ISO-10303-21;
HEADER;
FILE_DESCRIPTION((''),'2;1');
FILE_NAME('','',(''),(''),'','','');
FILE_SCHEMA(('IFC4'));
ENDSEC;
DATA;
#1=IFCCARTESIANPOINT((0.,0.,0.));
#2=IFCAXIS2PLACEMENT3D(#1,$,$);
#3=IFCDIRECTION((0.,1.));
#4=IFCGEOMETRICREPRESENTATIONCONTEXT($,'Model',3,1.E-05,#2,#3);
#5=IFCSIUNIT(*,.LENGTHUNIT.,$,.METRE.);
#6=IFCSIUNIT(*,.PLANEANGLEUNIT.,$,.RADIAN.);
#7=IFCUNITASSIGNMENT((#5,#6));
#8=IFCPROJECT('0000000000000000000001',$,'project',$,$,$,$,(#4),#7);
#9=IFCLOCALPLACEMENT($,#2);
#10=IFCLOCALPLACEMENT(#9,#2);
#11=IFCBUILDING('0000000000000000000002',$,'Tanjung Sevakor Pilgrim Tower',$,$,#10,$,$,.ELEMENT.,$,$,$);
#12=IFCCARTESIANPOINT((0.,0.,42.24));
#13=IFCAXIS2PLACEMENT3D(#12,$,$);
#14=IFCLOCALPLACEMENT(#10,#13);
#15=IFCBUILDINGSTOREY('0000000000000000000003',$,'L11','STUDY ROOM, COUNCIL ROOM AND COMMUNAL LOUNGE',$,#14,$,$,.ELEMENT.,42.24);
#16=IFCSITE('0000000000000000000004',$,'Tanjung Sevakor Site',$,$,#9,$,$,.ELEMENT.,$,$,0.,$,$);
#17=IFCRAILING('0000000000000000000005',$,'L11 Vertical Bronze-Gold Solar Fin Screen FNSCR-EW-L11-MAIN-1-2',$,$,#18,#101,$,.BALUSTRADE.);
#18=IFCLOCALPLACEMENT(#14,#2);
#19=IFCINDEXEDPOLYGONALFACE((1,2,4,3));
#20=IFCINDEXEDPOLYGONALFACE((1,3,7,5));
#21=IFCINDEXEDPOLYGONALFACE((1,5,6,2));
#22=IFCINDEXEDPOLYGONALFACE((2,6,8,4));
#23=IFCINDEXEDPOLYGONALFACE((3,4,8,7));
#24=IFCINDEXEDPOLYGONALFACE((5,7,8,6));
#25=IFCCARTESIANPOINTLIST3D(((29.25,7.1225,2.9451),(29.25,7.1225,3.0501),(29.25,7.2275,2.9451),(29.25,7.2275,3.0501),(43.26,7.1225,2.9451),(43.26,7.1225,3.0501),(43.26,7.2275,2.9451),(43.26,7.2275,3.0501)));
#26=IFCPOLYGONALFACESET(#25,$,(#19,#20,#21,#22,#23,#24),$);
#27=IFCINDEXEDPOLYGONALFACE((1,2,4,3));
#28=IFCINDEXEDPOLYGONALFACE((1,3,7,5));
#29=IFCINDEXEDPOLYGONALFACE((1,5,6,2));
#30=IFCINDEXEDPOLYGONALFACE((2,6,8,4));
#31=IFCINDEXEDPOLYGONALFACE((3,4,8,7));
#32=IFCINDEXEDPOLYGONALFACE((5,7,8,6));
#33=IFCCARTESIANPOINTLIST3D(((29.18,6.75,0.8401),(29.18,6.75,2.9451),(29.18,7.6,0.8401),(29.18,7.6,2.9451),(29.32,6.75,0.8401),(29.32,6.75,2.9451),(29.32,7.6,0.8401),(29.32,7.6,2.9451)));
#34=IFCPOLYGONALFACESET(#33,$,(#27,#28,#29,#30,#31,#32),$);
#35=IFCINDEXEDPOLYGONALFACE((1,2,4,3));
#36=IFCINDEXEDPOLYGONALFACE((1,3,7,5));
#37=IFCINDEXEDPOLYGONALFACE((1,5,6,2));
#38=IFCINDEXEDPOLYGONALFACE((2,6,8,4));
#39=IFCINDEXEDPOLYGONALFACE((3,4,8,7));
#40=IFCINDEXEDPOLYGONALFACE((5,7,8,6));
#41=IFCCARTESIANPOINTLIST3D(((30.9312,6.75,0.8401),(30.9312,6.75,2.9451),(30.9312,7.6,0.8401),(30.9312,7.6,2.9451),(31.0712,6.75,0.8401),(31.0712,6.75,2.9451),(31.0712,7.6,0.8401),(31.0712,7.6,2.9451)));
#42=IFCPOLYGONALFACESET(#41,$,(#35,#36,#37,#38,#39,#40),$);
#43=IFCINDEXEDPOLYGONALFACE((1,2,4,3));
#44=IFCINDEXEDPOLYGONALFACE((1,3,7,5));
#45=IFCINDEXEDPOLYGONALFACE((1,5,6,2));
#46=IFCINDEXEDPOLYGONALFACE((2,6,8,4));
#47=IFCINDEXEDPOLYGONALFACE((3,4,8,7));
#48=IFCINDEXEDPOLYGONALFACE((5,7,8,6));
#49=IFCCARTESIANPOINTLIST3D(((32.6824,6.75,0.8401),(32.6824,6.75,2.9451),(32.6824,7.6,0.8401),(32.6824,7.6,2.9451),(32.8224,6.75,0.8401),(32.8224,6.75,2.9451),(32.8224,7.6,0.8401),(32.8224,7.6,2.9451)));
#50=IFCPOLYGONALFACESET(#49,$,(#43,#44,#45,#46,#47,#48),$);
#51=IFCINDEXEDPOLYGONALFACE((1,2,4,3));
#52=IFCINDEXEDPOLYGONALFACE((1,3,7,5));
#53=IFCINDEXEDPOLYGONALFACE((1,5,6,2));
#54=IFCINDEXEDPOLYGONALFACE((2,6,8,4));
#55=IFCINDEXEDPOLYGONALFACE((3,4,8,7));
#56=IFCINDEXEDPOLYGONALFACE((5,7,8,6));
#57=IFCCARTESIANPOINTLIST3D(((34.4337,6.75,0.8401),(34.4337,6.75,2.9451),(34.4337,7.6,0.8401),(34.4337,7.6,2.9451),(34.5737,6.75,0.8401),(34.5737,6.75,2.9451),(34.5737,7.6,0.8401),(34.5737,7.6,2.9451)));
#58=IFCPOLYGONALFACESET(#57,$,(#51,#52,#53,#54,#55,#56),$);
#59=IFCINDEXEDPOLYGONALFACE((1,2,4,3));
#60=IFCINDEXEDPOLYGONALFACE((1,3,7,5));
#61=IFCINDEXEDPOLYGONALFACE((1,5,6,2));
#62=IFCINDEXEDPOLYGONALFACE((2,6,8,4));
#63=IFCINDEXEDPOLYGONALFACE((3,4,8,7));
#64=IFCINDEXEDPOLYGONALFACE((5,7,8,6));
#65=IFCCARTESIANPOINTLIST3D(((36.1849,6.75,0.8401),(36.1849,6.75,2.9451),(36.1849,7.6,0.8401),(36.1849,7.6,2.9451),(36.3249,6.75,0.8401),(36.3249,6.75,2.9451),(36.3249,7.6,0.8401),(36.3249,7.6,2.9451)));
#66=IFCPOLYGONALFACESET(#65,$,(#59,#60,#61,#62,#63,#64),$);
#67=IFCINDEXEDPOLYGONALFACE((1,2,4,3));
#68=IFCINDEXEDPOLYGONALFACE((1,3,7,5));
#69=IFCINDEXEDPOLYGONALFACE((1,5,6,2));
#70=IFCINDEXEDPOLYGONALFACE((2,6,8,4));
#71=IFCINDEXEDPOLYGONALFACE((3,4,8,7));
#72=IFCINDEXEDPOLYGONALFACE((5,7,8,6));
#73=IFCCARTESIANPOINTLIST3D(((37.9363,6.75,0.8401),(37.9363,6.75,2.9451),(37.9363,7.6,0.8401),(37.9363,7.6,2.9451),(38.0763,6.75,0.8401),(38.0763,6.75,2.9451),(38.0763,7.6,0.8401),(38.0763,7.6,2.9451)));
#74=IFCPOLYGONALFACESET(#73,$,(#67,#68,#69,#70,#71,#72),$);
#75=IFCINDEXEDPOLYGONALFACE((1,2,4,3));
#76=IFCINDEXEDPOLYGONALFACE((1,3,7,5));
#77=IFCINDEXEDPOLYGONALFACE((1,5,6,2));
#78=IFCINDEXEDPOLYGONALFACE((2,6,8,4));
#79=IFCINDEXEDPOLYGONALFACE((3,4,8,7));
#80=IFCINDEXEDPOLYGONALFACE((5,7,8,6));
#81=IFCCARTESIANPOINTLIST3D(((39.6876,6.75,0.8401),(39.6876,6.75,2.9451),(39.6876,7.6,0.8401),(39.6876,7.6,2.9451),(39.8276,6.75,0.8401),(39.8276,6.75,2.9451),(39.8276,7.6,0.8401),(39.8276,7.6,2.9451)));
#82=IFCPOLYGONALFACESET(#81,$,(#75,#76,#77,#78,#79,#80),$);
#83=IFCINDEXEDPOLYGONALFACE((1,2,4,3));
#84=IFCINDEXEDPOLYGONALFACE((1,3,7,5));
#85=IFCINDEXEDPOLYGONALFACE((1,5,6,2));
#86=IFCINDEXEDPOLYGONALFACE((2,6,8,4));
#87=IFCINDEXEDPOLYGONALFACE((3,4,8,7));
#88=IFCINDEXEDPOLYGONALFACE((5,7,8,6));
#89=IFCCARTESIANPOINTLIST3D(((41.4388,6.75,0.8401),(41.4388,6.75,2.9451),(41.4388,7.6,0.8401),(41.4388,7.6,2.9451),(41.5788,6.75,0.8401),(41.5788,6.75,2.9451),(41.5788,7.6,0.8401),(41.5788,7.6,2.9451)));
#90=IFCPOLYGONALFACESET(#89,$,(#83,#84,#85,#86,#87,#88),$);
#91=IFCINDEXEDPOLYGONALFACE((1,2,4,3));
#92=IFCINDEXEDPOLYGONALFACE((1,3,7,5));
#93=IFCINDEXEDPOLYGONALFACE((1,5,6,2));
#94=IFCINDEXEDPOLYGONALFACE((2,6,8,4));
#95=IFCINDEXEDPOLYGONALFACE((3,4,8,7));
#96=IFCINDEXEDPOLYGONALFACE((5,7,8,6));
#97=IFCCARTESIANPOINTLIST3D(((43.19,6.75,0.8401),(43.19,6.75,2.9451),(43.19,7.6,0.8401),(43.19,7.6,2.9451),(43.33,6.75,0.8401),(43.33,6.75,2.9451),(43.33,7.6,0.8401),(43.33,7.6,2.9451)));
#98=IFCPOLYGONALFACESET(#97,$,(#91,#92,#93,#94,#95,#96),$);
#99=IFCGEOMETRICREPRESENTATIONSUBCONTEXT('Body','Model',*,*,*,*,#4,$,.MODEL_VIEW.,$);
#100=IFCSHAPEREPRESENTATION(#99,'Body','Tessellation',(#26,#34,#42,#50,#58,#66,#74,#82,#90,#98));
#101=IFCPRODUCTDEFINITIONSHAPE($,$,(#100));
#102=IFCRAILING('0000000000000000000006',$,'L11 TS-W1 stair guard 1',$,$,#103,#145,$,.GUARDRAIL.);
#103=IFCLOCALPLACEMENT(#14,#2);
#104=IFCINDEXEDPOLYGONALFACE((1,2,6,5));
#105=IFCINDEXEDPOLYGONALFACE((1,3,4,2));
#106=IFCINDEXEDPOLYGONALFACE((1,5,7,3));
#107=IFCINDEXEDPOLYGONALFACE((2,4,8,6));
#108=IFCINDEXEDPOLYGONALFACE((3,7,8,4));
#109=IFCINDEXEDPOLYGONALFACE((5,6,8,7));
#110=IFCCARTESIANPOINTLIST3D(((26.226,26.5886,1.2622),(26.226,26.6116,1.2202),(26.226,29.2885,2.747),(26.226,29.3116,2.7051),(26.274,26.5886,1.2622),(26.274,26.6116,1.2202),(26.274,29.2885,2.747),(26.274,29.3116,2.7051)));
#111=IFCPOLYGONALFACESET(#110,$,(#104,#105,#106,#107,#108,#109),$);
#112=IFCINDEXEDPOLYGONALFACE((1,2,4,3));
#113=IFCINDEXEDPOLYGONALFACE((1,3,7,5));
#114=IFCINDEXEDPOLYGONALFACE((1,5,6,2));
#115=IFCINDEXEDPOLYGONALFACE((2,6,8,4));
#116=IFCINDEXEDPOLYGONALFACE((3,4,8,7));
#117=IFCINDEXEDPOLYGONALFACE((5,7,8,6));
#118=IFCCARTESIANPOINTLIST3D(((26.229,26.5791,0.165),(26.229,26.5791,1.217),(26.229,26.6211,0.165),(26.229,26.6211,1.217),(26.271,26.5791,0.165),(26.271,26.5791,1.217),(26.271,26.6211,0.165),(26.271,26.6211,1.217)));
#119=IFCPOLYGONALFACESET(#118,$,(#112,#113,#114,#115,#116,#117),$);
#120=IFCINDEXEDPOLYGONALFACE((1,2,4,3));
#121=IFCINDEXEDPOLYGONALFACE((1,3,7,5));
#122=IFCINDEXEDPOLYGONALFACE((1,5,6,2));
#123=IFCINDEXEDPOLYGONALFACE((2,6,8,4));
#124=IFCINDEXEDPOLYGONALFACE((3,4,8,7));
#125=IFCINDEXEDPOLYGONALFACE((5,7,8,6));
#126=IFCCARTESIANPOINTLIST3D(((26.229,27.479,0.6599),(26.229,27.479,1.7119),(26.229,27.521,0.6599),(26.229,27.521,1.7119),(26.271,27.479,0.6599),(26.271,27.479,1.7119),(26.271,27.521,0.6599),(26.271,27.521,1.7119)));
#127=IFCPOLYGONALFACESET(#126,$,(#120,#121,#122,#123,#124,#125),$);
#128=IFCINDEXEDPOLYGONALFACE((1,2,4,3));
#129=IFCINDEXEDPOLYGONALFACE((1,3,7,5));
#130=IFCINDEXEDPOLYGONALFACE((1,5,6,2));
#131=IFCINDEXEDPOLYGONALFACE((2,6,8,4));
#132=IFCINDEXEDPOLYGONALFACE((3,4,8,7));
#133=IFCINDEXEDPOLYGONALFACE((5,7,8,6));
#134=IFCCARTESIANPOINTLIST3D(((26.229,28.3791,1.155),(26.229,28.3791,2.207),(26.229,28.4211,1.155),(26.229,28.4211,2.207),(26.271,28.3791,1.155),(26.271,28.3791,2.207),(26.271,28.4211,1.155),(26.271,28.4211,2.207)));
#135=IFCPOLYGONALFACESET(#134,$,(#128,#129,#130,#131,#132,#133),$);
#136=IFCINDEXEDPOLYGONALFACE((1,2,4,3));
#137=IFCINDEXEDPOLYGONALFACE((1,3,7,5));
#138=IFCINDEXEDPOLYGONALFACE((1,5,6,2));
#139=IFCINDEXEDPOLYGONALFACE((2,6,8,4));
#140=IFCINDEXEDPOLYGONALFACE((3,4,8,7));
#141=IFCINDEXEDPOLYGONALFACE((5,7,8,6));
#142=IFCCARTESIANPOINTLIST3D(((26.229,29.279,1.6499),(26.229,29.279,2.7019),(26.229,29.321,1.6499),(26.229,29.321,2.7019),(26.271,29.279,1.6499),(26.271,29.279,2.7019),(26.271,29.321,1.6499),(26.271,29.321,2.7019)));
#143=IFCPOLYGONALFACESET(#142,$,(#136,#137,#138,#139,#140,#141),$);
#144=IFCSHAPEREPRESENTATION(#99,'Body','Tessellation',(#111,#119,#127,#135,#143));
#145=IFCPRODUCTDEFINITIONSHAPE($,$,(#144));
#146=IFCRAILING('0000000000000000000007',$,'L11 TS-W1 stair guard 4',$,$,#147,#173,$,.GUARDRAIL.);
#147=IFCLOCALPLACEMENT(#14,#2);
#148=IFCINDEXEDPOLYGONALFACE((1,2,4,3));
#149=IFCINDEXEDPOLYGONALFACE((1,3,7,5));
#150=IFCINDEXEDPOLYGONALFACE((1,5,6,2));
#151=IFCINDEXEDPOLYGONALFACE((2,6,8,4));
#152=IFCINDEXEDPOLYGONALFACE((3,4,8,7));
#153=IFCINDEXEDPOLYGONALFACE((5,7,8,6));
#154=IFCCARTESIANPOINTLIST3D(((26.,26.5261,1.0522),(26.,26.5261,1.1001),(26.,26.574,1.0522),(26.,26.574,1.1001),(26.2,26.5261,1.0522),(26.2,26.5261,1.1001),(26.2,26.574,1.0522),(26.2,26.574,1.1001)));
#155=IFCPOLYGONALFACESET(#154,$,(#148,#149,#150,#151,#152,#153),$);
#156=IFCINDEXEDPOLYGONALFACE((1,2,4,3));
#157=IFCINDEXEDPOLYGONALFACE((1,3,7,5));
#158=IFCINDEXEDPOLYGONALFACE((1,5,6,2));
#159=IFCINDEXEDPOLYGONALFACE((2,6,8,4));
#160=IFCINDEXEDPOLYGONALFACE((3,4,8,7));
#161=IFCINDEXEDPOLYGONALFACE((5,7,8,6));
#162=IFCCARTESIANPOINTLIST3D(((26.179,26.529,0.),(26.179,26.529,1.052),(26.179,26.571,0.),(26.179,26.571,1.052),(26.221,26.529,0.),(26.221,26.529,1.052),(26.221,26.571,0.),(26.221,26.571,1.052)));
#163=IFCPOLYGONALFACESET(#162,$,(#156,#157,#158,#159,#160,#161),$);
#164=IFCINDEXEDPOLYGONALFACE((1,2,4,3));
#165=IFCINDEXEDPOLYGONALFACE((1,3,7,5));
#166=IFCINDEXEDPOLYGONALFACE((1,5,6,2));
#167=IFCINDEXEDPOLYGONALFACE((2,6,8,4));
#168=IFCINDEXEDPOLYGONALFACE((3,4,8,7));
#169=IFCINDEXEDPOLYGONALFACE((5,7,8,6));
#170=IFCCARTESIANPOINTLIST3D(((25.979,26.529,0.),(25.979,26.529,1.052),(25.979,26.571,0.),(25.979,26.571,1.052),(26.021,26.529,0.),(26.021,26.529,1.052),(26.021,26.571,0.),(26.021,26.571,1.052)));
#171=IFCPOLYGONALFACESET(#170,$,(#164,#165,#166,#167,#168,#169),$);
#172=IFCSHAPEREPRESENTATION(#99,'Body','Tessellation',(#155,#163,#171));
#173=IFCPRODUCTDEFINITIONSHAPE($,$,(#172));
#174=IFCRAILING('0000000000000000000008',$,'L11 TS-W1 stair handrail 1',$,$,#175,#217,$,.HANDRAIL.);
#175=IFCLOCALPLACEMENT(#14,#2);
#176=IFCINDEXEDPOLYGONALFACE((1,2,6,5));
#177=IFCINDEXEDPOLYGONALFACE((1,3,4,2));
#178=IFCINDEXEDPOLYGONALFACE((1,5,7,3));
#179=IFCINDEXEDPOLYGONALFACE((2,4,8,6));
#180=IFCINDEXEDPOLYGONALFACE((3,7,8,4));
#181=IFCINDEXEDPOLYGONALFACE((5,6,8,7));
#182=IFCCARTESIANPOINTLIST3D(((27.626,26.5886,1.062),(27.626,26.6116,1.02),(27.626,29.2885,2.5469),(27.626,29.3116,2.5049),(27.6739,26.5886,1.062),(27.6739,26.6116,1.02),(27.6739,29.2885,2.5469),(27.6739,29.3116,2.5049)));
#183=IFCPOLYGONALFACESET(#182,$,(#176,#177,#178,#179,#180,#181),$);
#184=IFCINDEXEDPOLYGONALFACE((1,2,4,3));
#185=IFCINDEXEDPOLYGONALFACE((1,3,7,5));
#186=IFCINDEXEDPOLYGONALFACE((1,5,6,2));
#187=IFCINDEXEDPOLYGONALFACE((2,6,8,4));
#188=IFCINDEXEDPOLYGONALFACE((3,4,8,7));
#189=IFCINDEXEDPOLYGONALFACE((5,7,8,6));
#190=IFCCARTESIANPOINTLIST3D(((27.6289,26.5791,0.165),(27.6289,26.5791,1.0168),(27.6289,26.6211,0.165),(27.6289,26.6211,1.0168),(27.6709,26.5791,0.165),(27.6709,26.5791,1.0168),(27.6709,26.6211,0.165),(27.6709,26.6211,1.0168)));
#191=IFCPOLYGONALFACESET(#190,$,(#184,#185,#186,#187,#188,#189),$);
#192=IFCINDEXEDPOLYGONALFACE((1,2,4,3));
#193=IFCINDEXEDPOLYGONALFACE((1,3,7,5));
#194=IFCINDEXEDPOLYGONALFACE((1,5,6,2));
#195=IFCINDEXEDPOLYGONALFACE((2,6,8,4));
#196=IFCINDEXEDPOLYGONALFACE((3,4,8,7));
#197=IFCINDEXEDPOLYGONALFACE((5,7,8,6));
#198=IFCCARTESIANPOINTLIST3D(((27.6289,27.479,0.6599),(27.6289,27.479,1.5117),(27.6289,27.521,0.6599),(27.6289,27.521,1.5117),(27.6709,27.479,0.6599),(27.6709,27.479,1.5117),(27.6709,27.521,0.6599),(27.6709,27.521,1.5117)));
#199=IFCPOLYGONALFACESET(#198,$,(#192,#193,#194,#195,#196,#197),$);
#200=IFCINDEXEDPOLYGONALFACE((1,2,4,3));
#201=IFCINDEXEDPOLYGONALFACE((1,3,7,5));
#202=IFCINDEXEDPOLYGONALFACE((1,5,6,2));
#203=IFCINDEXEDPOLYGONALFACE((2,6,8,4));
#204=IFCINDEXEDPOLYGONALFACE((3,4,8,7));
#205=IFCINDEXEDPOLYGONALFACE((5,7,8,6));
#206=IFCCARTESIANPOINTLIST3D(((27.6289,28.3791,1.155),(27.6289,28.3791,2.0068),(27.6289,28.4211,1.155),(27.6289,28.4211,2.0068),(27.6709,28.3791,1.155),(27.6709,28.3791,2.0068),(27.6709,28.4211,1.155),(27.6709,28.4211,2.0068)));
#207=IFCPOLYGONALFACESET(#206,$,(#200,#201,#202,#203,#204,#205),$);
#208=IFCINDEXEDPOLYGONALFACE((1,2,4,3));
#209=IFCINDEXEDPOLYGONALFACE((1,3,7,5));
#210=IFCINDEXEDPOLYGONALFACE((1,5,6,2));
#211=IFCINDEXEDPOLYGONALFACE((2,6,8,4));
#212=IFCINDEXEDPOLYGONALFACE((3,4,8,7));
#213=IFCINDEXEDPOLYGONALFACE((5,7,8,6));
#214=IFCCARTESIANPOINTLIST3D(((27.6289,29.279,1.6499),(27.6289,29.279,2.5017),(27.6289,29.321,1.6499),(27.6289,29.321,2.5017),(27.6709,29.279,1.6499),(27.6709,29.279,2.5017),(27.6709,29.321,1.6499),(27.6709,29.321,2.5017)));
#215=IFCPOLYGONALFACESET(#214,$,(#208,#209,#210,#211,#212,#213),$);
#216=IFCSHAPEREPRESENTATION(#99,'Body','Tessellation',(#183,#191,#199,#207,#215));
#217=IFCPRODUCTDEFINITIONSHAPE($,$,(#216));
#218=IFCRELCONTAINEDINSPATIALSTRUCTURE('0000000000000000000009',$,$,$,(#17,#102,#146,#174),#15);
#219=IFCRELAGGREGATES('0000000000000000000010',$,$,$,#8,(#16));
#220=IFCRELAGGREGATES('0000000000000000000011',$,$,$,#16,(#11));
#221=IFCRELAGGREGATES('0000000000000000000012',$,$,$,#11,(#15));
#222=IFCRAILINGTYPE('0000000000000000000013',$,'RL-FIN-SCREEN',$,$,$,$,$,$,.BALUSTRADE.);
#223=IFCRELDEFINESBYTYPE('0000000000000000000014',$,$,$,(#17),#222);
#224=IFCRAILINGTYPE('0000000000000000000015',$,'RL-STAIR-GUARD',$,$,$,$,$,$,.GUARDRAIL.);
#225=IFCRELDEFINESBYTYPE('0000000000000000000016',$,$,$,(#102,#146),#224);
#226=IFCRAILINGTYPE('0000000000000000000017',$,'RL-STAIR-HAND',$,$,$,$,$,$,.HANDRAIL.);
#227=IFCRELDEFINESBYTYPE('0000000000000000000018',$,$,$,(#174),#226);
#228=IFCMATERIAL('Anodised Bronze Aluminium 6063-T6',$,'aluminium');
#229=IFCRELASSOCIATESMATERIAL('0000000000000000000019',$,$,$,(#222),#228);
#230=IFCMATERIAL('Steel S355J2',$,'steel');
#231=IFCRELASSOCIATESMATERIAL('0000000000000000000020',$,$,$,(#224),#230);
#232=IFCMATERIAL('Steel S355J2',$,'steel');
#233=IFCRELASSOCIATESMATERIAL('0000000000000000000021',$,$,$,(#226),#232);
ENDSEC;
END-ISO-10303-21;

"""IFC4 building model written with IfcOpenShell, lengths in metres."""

from ifc_helpers import new_model, si_unit, direction, frame, origin, place, context, subcontext, project, spatial, rectangle, extrude, material, type_object, element, save


model = new_model("IFC4")

# Units and contexts
model_context = context("Model", 3, precision=1e-05, world=origin(), true_north=direction((0.0, 1.0)))
body_context = subcontext(model_context, "Body", "Model", "MODEL_VIEW")
ifc_project = project(units=[si_unit("LENGTHUNIT", "METRE"), si_unit("PLANEANGLEUNIT", "RADIAN")], contexts=[model_context])

# Site, building, storey
site_placement = place(None, origin())
site = spatial("IfcSite", under=ifc_project, at=site_placement, Name="Tanjung Sevakor Site", CompositionType="ELEMENT", RefElevation=0.0)
building_placement = place(site_placement, origin())
building = spatial("IfcBuilding", under=site, at=building_placement, Name="Tanjung Sevakor Pilgrim Tower", CompositionType="ELEMENT")
storey_placement = place(building_placement, frame((0.0, 0.0, 42.24)))
storey = spatial("IfcBuildingStorey", under=building, at=storey_placement, Name="L11", Description="STUDY ROOM, COUNCIL ROOM AND COMMUNAL LOUNGE", CompositionType="ELEMENT", Elevation=42.24)

# Railings
ifc_material_1 = material(Name="Anodised Bronze Aluminium 6063-T6", Category="aluminium")
railing_type_1 = type_object("IfcRailingType", Name="RL-FIN-SCREEN", PredefinedType="BALUSTRADE", material=ifc_material_1)
railing_1_placement = place(storey_placement, frame((29.25, 7.175, 0.8401)))
element("IfcRailing", 1, at=railing_1_placement, inside=storey, type_object=railing_type_1, Name="L11 Vertical Bronze-Gold Solar Fin Screen FNSCR-EW-L11-MAIN-1-2", PredefinedType="BALUSTRADE", context=body_context, shape_type="SweptSolid", body=[
    extrude(rectangle(XDim=0.105, YDim=0.105), frame((0.0, 0.0, 2.1575), z_axis=(1.0, 0.0, 0.0), x_axis=(0.0, 1.0, 0.0)), (0.0, 0.0, 1.0), 14.01),
    extrude(rectangle(XDim=0.14, YDim=0.85), origin(), (0.0, 0.0, 1.0), 2.105),
    extrude(rectangle(XDim=0.14, YDim=0.85), frame((1.7512, 0.0, 0.0)), (0.0, 0.0, 1.0), 2.105),
    extrude(rectangle(XDim=0.14, YDim=0.85), frame((3.5024, 0.0, 0.0)), (0.0, 0.0, 1.0), 2.105),
    extrude(rectangle(XDim=0.14, YDim=0.85), frame((5.2537, 0.0, 0.0)), (0.0, 0.0, 1.0), 2.105),
    extrude(rectangle(XDim=0.14, YDim=0.85), frame((7.0049, 0.0, 0.0)), (0.0, 0.0, 1.0), 2.105),
    extrude(rectangle(XDim=0.14, YDim=0.85), frame((8.7563, 0.0, 0.0)), (0.0, 0.0, 1.0), 2.105),
    extrude(rectangle(XDim=0.14, YDim=0.85), frame((10.5076, 0.0, 0.0)), (0.0, 0.0, 1.0), 2.105),
    extrude(rectangle(XDim=0.14, YDim=0.85), frame((12.2588, 0.0, 0.0)), (0.0, 0.0, 1.0), 2.105),
    extrude(rectangle(XDim=0.14, YDim=0.85), frame((14.01, 0.0, 0.0)), (0.0, 0.0, 1.0), 2.105),
])
ifc_material_2 = material(Name="Steel S355J2", Category="steel")
railing_type_2 = type_object("IfcRailingType", Name="RL-STAIR-GUARD", PredefinedType="GUARDRAIL", material=ifc_material_2)
railing_2_placement = place(storey_placement, frame((26.25, 26.6001, 0.165)))
element("IfcRailing", 2, at=railing_2_placement, inside=storey, type_object=railing_type_2, Name="L11 TS-W1 stair guard 1", PredefinedType="GUARDRAIL", context=body_context, shape_type="SweptSolid", body=[
    extrude(rectangle(XDim=0.0479, YDim=0.0479), frame((0.0, 0.0, 1.0762), z_axis=(0.0, 0.876231, 0.481891), x_axis=(-1.0, 0.0, 0.0)), (0.0, 0.0, 1.0), 3.0813),
    extrude(rectangle(XDim=0.042, YDim=0.042), origin(), (0.0, 0.0, 1.0), 1.052),
    extrude(rectangle(XDim=0.042, YDim=0.042), frame((0.0, 0.8999, 0.4949)), (0.0, 0.0, 1.0), 1.052),
    extrude(rectangle(XDim=0.042, YDim=0.042), frame((0.0, 1.8, 0.99)), (0.0, 0.0, 1.0), 1.052),
    extrude(rectangle(XDim=0.042, YDim=0.042), frame((0.0, 2.7, 1.4849)), (0.0, 0.0, 1.0), 1.052),
])
railing_3_placement = place(storey_placement, frame((26.2, 26.55, 0.0)))
element("IfcRailing", 3, at=railing_3_placement, inside=storey, type_object=railing_type_2, Name="L11 TS-W1 stair guard 4", PredefinedType="GUARDRAIL", context=body_context, shape_type="SweptSolid", body=[
    extrude(rectangle(XDim=0.0479, YDim=0.0479), frame((0.0, 0.0, 1.0762), z_axis=(-1.0, 0.0, 0.0), x_axis=(0.0, -1.0, 0.0)), (0.0, 0.0, 1.0), 0.2),
    extrude(rectangle(XDim=0.042, YDim=0.042), origin(), (0.0, 0.0, 1.0), 1.052),
    extrude(rectangle(XDim=0.042, YDim=0.042), frame((-0.2, 0.0, 0.0)), (0.0, 0.0, 1.0), 1.052),
])
ifc_material_3 = material(Name="Steel S355J2", Category="steel")
railing_type_3 = type_object("IfcRailingType", Name="RL-STAIR-HAND", PredefinedType="HANDRAIL", material=ifc_material_3)
railing_4_placement = place(storey_placement, frame((27.6499, 26.6001, 0.165)))
element("IfcRailing", 4, at=railing_4_placement, inside=storey, type_object=railing_type_3, Name="L11 TS-W1 stair handrail 1", PredefinedType="HANDRAIL", context=body_context, shape_type="SweptSolid", body=[
    extrude(rectangle(XDim=0.0479, YDim=0.0479), frame((0.0, 0.0, 0.876), z_axis=(0.0, 0.876231, 0.481891), x_axis=(-1.0, 0.0, 0.0)), (0.0, 0.0, 1.0), 3.0813),
    extrude(rectangle(XDim=0.042, YDim=0.042), origin(), (0.0, 0.0, 1.0), 0.8518),
    extrude(rectangle(XDim=0.042, YDim=0.042), frame((0.0, 0.8999, 0.4949)), (0.0, 0.0, 1.0), 0.8518),
    extrude(rectangle(XDim=0.042, YDim=0.042), frame((0.0, 1.8, 0.99)), (0.0, 0.0, 1.0), 0.8518),
    extrude(rectangle(XDim=0.042, YDim=0.042), frame((0.0, 2.7, 1.4849)), (0.0, 0.0, 1.0), 0.8518),
])

save(model, "model.ifc")
